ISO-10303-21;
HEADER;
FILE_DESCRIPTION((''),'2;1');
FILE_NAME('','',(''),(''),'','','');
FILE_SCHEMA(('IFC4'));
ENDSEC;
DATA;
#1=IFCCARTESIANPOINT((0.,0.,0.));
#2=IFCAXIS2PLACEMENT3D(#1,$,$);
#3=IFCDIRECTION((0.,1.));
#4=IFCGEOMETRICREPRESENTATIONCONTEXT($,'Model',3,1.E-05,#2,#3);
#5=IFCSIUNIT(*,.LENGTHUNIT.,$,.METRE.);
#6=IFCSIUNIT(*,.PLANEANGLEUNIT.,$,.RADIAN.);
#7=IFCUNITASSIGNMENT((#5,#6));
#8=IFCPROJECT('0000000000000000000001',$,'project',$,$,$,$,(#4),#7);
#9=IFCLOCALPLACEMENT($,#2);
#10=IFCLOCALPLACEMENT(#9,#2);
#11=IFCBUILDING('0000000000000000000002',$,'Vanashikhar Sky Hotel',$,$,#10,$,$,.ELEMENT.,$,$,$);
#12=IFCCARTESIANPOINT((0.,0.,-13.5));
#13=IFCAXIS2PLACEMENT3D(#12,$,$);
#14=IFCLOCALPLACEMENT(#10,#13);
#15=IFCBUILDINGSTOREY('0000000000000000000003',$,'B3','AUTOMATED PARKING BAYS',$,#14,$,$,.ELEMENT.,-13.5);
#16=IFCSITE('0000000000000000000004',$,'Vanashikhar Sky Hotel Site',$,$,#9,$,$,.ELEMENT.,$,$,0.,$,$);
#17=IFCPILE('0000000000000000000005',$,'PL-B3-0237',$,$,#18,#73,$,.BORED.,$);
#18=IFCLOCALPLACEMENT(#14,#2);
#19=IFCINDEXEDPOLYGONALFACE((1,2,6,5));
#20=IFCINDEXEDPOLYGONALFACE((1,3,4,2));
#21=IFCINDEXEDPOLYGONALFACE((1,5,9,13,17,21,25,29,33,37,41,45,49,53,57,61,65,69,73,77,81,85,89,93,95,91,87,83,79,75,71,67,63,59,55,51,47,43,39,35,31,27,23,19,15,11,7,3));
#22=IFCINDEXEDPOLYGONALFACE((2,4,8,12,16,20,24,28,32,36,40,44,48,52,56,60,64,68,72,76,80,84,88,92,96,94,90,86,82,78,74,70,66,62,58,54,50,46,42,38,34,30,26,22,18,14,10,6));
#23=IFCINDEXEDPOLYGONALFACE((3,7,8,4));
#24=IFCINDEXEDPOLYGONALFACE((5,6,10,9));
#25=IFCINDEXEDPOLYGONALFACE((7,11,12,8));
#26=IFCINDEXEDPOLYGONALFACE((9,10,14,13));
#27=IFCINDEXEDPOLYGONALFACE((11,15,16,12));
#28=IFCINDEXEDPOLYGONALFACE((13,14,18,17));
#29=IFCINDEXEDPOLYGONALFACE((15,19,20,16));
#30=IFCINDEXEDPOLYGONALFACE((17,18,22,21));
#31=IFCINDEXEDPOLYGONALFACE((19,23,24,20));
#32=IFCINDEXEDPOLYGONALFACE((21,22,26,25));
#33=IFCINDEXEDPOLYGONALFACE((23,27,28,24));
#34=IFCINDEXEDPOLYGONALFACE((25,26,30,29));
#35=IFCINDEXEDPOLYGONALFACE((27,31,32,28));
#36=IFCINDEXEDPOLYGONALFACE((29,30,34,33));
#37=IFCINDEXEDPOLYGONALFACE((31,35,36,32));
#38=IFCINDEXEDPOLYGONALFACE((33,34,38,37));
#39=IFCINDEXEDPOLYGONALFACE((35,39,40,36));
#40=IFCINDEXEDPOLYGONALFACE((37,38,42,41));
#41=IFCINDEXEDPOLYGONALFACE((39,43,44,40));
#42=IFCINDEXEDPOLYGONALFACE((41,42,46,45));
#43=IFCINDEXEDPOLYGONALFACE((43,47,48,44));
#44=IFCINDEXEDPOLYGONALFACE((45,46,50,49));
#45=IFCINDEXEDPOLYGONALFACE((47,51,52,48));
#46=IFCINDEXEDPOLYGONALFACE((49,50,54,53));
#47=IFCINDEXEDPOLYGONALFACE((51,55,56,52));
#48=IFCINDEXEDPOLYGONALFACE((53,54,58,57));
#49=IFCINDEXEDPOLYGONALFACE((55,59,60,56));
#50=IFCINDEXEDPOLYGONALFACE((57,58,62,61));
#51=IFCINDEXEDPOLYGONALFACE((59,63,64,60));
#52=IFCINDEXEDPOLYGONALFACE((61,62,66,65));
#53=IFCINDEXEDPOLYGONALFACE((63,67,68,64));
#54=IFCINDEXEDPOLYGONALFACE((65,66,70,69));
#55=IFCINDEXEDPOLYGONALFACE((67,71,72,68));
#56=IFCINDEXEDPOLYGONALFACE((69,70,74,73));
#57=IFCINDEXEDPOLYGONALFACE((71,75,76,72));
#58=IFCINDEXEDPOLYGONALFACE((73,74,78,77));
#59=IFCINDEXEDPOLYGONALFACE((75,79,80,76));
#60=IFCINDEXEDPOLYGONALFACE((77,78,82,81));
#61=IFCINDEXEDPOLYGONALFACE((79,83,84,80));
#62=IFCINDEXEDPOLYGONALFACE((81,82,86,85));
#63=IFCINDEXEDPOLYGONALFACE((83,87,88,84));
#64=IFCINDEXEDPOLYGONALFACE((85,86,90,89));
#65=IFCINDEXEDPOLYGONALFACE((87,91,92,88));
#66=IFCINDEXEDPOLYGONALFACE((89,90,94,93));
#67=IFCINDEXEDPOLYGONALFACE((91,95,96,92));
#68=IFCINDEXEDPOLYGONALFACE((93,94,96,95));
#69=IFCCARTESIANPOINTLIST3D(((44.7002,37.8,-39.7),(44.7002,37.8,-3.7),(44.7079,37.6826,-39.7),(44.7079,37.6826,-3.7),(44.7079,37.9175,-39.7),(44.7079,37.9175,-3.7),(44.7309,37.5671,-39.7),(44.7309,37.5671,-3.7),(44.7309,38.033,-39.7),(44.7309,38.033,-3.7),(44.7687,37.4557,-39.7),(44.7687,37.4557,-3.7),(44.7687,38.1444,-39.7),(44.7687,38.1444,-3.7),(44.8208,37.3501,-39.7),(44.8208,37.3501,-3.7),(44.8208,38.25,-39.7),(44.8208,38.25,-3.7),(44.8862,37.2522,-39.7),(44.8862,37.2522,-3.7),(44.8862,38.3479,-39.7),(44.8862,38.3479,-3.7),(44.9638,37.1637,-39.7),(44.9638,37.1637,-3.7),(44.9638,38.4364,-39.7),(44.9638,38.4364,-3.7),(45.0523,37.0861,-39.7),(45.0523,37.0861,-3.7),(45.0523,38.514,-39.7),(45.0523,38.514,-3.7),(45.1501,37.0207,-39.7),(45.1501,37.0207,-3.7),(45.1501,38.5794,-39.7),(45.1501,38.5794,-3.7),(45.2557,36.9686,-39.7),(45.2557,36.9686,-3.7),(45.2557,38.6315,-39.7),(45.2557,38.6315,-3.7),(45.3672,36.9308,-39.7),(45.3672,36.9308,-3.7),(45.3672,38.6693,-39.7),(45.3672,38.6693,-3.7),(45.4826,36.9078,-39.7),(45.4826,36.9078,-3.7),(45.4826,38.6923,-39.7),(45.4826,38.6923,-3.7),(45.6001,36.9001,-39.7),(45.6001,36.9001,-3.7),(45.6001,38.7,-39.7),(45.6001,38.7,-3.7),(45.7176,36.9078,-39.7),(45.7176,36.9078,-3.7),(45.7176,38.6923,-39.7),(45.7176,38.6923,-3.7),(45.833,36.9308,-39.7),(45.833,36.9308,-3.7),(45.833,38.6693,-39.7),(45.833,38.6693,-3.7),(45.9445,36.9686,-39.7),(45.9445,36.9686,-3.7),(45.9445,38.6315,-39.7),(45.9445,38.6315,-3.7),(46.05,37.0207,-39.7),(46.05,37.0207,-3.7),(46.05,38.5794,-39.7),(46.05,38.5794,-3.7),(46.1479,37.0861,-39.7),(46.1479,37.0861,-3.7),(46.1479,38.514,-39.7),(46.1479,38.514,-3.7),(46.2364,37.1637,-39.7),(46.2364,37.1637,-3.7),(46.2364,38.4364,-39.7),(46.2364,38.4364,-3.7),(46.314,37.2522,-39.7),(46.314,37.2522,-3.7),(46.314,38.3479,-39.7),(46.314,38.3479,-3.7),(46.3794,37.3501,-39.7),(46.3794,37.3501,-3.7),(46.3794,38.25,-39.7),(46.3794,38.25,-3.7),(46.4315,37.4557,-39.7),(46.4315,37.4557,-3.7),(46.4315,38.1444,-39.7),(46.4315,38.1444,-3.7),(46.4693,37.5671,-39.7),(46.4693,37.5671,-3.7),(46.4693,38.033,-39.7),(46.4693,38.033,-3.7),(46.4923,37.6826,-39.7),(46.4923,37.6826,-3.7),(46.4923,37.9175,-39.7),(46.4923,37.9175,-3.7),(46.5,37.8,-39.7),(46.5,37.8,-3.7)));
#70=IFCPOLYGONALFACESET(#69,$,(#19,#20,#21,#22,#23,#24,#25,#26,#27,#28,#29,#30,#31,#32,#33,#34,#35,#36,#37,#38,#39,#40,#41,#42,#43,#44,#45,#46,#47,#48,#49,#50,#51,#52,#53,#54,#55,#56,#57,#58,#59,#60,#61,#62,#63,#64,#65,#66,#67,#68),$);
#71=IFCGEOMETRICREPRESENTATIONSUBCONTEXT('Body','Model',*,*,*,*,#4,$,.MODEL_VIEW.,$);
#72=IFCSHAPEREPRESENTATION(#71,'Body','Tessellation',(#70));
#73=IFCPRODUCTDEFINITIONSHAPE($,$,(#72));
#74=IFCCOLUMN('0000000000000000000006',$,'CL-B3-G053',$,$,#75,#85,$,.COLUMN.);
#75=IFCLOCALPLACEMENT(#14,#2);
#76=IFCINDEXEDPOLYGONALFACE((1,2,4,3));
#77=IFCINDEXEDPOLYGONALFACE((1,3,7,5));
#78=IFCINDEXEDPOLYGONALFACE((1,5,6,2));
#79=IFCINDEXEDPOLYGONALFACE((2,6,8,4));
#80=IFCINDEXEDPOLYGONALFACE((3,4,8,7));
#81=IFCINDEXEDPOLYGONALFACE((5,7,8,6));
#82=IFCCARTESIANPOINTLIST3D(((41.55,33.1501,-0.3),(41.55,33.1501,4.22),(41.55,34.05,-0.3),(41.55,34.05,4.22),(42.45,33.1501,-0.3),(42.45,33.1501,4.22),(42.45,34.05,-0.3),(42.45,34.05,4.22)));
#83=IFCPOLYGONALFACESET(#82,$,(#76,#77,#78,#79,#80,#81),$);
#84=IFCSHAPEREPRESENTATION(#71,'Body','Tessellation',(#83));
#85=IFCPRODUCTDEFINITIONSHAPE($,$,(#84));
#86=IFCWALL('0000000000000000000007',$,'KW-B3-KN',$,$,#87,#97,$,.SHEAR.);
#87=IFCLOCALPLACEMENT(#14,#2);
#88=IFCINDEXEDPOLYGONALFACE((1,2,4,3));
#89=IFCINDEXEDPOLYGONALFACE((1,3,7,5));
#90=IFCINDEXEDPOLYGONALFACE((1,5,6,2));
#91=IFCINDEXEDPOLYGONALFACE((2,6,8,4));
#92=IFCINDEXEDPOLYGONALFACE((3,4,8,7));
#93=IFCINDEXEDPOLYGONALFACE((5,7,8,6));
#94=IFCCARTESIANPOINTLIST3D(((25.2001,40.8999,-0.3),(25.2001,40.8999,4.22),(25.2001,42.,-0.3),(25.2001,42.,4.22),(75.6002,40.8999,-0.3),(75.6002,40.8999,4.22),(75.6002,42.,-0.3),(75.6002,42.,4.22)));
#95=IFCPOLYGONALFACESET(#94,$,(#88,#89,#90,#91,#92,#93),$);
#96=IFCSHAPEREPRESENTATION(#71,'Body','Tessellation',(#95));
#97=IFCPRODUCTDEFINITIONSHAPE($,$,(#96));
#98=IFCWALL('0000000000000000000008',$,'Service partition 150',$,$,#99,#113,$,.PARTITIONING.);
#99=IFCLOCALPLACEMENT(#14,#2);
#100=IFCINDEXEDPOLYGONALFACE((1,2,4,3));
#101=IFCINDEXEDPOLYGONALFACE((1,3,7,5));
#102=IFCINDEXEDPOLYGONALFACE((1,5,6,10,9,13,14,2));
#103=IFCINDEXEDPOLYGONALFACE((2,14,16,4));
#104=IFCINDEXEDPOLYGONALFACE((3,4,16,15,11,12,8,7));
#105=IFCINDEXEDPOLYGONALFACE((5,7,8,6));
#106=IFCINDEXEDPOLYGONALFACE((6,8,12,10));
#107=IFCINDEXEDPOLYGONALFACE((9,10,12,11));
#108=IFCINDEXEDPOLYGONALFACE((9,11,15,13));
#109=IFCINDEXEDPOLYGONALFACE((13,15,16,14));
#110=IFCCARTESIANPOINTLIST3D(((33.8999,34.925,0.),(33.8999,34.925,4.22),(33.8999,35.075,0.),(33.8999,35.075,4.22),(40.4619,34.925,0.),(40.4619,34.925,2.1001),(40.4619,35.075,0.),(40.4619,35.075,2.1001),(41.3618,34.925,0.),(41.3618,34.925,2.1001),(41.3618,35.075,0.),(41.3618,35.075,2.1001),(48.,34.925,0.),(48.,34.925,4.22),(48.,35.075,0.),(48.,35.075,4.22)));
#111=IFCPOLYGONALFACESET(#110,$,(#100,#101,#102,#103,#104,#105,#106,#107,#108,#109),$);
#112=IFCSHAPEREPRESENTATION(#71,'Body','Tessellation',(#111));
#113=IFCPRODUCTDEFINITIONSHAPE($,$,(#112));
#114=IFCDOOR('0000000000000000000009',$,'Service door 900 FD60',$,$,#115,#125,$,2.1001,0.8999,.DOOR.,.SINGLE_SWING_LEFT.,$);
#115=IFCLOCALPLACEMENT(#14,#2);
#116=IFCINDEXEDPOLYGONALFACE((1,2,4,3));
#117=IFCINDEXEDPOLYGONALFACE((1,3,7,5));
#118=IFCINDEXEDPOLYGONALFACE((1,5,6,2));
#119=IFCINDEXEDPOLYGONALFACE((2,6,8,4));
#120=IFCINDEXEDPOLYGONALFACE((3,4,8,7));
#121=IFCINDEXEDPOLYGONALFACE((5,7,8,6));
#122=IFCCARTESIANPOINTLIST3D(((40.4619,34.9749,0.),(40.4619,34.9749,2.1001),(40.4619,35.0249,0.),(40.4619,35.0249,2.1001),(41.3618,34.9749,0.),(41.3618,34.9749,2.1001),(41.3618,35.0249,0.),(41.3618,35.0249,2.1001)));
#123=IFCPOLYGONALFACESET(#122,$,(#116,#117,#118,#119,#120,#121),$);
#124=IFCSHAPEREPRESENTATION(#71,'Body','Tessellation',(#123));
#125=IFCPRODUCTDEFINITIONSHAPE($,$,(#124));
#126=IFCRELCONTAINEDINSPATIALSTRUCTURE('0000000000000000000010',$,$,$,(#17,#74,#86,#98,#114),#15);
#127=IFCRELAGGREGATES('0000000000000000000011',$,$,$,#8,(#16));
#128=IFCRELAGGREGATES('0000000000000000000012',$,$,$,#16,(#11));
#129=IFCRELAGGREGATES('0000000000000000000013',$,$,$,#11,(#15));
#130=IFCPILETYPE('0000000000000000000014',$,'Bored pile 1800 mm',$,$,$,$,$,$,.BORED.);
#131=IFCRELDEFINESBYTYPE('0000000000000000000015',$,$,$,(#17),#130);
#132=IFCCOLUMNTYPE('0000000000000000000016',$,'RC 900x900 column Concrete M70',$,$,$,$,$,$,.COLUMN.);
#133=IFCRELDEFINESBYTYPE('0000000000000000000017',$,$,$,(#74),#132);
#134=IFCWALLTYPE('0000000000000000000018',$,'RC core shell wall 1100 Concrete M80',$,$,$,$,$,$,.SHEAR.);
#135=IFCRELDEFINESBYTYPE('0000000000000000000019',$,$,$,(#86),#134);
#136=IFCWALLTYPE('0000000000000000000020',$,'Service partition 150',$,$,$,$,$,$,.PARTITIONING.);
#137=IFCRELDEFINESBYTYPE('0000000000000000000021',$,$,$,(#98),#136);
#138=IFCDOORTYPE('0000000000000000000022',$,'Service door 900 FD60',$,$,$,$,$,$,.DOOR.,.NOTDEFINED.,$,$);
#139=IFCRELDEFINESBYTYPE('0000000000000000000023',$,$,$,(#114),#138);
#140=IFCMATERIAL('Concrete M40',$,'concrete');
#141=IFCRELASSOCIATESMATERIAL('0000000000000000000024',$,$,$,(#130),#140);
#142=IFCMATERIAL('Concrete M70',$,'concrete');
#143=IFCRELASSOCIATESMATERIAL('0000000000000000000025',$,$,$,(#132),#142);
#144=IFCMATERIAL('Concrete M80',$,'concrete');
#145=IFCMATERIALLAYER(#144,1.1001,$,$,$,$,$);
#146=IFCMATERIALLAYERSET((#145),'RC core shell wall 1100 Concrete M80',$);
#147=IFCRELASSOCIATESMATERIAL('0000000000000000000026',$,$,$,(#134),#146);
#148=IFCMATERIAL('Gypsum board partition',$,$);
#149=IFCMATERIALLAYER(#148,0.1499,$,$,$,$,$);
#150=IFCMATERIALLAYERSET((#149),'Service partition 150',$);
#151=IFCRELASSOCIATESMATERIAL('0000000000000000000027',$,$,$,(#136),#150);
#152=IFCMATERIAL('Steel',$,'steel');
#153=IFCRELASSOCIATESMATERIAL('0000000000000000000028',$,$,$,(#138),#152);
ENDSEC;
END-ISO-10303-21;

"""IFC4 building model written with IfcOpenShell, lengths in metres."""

from ifc_helpers import new_model, si_unit, direction, frame, frame_2d, origin, origin_2d, place, context, subcontext, project, spatial, rectangle, circle, extrude, source, transform, mapped, material, layer, layer_set, material_profile, profile_set, type_object, element, fill, save


model = new_model("IFC4")

# Units and contexts
model_context = context("Model", 3, precision=1e-05, world=origin(), true_north=direction((0.0, 1.0)))
body_context = subcontext(model_context, "Body", "Model", "MODEL_VIEW")
ifc_project = project(units=[si_unit("LENGTHUNIT", "METRE"), si_unit("PLANEANGLEUNIT", "RADIAN")], contexts=[model_context])

# Site, building, storey
site_placement = place(None, origin())
site = spatial("IfcSite", under=ifc_project, at=site_placement, Name="Vanashikhar Sky Hotel Site", CompositionType="ELEMENT", RefElevation=0.0)
building_placement = place(site_placement, origin())
building = spatial("IfcBuilding", under=site, at=building_placement, Name="Vanashikhar Sky Hotel", CompositionType="ELEMENT")
storey_placement = place(building_placement, frame((0.0, 0.0, -13.5)))
storey = spatial("IfcBuildingStorey", under=building, at=storey_placement, Name="B3", Description="AUTOMATED PARKING BAYS", CompositionType="ELEMENT", Elevation=-13.5)

# Pile
ifc_material_1 = material(Name="Concrete M40", Category="concrete")
pile_type_1 = type_object("IfcPileType", Name="Bored pile 1800 mm", PredefinedType="BORED", material=ifc_material_1)
shared_shape_1 = source(origin(), body_context, "Body", "SweptSolid", [
    extrude(circle(Radius=0.8999, at=origin_2d()), origin(), (0.0, 0.0, 1.0), 36.0),
])
for number, where, z_axis, x_axis, name in (
    (1, (45.6001, 37.8, -3.7), (0.0, 0.0, -1.0), (1.0, 0.0, 0.0), "PL-B3-0237"),
):
    element("IfcPile", number, at=place(storey_placement, frame(where, z_axis=z_axis, x_axis=x_axis)), inside=storey, type_object=pile_type_1, Name=name, PredefinedType="BORED", context=body_context, shape_type="MappedRepresentation", body=[
        mapped(shared_shape_1, transform((0.0, 0.0, 0.0), scale=1.0)),
    ])

# Column
ifc_material_2 = material(Name="Concrete M70", Category="concrete")
ifc_material_profile = material_profile(ifc_material_2, rectangle(XDim=0.8999, YDim=0.8999, at=origin_2d()))
ifc_profile_set = profile_set([ifc_material_profile], Name="RC 900x900 column Concrete M70")
column_type = type_object("IfcColumnType", Name="RC 900x900 column Concrete M70", PredefinedType="COLUMN", material=ifc_profile_set)
shared_shape_2 = source(origin(), body_context, "Body", "SweptSolid", [
    extrude(rectangle(XDim=0.8999, YDim=0.8999, at=origin_2d()), origin(), (0.0, 0.0, 1.0), 4.52),
])
column_placement = place(storey_placement, frame((42.0, 33.6001, -0.3), z_axis=(0.0, 0.0, 1.0), x_axis=(1.0, 0.0, 0.0)))
element("IfcColumn", 2, at=column_placement, inside=storey, type_object=column_type, Name="CL-B3-G053", PredefinedType="COLUMN", context=body_context, shape_type="MappedRepresentation", body=[
    mapped(shared_shape_2, transform((0.0, 0.0, 0.0), scale=1.0)),
])

# Wall
ifc_material_3 = material(Name="Concrete M80", Category="concrete")
ifc_layer_1 = layer(ifc_material_3, 1.1001)
ifc_layer_set_1 = layer_set([ifc_layer_1], Name="RC core shell wall 1100 Concrete M80")
wall_type_1 = type_object("IfcWallType", Name="RC core shell wall 1100 Concrete M80", PredefinedType="SHEAR", material=ifc_layer_set_1)
shared_shape_3 = source(origin(), body_context, "Body", "SweptSolid", [
    extrude(rectangle(XDim=50.4001, YDim=1.1001, at=frame_2d((25.2002, 0.0))), origin(), (0.0, 0.0, 1.0), 4.52),
])
wall_1_placement = place(storey_placement, frame((25.2, 41.45, -0.3), z_axis=(0.0, 0.0, 1.0), x_axis=(1.0, 0.0, 0.0)))
element("IfcWall", 3, at=wall_1_placement, inside=storey, type_object=wall_type_1, Name="KW-B3-KN", PredefinedType="SHEAR", context=body_context, shape_type="MappedRepresentation", body=[
    mapped(shared_shape_3, transform((0.0, 0.0, 0.0), scale=1.0)),
])

# Wall, opening, door
ifc_material_4 = material(Name="Gypsum board partition")
ifc_layer_2 = layer(ifc_material_4, 0.1499)
ifc_layer_set_2 = layer_set([ifc_layer_2], Name="Service partition 150")
wall_type_2 = type_object("IfcWallType", Name="Service partition 150", PredefinedType="PARTITIONING", material=ifc_layer_set_2)
shared_shape_4 = source(origin(), body_context, "Body", "SweptSolid", [
    extrude(rectangle(XDim=14.1001, YDim=0.1499, at=frame_2d((7.05, 0.0))), origin(), (0.0, 0.0, 1.0), 4.22),
])
wall_2_placement = place(storey_placement, frame((33.8999, 35.0, 0.0), z_axis=(0.0, 0.0, 1.0), x_axis=(1.0, 0.0, 0.0)))
wall_2 = element("IfcWall", 4, at=wall_2_placement, inside=storey, type_object=wall_type_2, Name="Service partition 150", PredefinedType="PARTITIONING", context=body_context, shape_type="MappedRepresentation", body=[
    mapped(shared_shape_4, transform((0.0, 0.0, 0.0), scale=1.0)),
])
shared_shape_5 = source(origin(), body_context, "Body", "SweptSolid", [
    extrude(rectangle(XDim=0.8999, YDim=2.1001, at=frame_2d((0.45, 1.05))), frame((0.0, 0.085, 0.0), z_axis=(0.0, -1.0, 0.0), x_axis=(1.0, 0.0, 0.0)), (0.0, 0.0, 1.0), 0.1699),
])
opening_1_placement = place(wall_2_placement, frame((6.562, 0.0, 0.0)))
opening_1 = element("IfcOpeningElement", 5, at=opening_1_placement, cuts=wall_2, PredefinedType="OPENING", context=body_context, shape_type="MappedRepresentation", body=[
    mapped(shared_shape_5, transform((0.0, 0.0, 0.0), scale=1.0)),
])
ifc_material_5 = material(Name="Steel", Category="steel")
door_type_1 = type_object("IfcDoorType", Name="Service door 900 FD60", OperationType="NOTDEFINED", PredefinedType="DOOR", material=ifc_material_5)
shared_shape_6 = source(origin(), body_context, "Body", "SweptSolid", [
    extrude(rectangle(XDim=0.8999, YDim=2.1001, at=frame_2d((0.45, 1.05))), frame((0.0, 0.0249, 0.0), z_axis=(0.0, -1.0, 0.0), x_axis=(1.0, 0.0, 0.0)), (0.0, 0.0, 1.0), 0.05),
])
door_1_placement = place(opening_1_placement, origin())
door_1 = element("IfcDoor", 6, at=door_1_placement, inside=storey, type_object=door_type_1, Name="Service door 900 FD60", OperationType="SINGLE_SWING_LEFT", OverallHeight=2.1001, OverallWidth=0.8999, PredefinedType="DOOR", context=body_context, shape_type="MappedRepresentation", body=[
    mapped(shared_shape_6, transform((0.0, 0.0, 0.0), scale=1.0)),
])
fill(opening_1, door_1)

save(model, "model.ifc")
